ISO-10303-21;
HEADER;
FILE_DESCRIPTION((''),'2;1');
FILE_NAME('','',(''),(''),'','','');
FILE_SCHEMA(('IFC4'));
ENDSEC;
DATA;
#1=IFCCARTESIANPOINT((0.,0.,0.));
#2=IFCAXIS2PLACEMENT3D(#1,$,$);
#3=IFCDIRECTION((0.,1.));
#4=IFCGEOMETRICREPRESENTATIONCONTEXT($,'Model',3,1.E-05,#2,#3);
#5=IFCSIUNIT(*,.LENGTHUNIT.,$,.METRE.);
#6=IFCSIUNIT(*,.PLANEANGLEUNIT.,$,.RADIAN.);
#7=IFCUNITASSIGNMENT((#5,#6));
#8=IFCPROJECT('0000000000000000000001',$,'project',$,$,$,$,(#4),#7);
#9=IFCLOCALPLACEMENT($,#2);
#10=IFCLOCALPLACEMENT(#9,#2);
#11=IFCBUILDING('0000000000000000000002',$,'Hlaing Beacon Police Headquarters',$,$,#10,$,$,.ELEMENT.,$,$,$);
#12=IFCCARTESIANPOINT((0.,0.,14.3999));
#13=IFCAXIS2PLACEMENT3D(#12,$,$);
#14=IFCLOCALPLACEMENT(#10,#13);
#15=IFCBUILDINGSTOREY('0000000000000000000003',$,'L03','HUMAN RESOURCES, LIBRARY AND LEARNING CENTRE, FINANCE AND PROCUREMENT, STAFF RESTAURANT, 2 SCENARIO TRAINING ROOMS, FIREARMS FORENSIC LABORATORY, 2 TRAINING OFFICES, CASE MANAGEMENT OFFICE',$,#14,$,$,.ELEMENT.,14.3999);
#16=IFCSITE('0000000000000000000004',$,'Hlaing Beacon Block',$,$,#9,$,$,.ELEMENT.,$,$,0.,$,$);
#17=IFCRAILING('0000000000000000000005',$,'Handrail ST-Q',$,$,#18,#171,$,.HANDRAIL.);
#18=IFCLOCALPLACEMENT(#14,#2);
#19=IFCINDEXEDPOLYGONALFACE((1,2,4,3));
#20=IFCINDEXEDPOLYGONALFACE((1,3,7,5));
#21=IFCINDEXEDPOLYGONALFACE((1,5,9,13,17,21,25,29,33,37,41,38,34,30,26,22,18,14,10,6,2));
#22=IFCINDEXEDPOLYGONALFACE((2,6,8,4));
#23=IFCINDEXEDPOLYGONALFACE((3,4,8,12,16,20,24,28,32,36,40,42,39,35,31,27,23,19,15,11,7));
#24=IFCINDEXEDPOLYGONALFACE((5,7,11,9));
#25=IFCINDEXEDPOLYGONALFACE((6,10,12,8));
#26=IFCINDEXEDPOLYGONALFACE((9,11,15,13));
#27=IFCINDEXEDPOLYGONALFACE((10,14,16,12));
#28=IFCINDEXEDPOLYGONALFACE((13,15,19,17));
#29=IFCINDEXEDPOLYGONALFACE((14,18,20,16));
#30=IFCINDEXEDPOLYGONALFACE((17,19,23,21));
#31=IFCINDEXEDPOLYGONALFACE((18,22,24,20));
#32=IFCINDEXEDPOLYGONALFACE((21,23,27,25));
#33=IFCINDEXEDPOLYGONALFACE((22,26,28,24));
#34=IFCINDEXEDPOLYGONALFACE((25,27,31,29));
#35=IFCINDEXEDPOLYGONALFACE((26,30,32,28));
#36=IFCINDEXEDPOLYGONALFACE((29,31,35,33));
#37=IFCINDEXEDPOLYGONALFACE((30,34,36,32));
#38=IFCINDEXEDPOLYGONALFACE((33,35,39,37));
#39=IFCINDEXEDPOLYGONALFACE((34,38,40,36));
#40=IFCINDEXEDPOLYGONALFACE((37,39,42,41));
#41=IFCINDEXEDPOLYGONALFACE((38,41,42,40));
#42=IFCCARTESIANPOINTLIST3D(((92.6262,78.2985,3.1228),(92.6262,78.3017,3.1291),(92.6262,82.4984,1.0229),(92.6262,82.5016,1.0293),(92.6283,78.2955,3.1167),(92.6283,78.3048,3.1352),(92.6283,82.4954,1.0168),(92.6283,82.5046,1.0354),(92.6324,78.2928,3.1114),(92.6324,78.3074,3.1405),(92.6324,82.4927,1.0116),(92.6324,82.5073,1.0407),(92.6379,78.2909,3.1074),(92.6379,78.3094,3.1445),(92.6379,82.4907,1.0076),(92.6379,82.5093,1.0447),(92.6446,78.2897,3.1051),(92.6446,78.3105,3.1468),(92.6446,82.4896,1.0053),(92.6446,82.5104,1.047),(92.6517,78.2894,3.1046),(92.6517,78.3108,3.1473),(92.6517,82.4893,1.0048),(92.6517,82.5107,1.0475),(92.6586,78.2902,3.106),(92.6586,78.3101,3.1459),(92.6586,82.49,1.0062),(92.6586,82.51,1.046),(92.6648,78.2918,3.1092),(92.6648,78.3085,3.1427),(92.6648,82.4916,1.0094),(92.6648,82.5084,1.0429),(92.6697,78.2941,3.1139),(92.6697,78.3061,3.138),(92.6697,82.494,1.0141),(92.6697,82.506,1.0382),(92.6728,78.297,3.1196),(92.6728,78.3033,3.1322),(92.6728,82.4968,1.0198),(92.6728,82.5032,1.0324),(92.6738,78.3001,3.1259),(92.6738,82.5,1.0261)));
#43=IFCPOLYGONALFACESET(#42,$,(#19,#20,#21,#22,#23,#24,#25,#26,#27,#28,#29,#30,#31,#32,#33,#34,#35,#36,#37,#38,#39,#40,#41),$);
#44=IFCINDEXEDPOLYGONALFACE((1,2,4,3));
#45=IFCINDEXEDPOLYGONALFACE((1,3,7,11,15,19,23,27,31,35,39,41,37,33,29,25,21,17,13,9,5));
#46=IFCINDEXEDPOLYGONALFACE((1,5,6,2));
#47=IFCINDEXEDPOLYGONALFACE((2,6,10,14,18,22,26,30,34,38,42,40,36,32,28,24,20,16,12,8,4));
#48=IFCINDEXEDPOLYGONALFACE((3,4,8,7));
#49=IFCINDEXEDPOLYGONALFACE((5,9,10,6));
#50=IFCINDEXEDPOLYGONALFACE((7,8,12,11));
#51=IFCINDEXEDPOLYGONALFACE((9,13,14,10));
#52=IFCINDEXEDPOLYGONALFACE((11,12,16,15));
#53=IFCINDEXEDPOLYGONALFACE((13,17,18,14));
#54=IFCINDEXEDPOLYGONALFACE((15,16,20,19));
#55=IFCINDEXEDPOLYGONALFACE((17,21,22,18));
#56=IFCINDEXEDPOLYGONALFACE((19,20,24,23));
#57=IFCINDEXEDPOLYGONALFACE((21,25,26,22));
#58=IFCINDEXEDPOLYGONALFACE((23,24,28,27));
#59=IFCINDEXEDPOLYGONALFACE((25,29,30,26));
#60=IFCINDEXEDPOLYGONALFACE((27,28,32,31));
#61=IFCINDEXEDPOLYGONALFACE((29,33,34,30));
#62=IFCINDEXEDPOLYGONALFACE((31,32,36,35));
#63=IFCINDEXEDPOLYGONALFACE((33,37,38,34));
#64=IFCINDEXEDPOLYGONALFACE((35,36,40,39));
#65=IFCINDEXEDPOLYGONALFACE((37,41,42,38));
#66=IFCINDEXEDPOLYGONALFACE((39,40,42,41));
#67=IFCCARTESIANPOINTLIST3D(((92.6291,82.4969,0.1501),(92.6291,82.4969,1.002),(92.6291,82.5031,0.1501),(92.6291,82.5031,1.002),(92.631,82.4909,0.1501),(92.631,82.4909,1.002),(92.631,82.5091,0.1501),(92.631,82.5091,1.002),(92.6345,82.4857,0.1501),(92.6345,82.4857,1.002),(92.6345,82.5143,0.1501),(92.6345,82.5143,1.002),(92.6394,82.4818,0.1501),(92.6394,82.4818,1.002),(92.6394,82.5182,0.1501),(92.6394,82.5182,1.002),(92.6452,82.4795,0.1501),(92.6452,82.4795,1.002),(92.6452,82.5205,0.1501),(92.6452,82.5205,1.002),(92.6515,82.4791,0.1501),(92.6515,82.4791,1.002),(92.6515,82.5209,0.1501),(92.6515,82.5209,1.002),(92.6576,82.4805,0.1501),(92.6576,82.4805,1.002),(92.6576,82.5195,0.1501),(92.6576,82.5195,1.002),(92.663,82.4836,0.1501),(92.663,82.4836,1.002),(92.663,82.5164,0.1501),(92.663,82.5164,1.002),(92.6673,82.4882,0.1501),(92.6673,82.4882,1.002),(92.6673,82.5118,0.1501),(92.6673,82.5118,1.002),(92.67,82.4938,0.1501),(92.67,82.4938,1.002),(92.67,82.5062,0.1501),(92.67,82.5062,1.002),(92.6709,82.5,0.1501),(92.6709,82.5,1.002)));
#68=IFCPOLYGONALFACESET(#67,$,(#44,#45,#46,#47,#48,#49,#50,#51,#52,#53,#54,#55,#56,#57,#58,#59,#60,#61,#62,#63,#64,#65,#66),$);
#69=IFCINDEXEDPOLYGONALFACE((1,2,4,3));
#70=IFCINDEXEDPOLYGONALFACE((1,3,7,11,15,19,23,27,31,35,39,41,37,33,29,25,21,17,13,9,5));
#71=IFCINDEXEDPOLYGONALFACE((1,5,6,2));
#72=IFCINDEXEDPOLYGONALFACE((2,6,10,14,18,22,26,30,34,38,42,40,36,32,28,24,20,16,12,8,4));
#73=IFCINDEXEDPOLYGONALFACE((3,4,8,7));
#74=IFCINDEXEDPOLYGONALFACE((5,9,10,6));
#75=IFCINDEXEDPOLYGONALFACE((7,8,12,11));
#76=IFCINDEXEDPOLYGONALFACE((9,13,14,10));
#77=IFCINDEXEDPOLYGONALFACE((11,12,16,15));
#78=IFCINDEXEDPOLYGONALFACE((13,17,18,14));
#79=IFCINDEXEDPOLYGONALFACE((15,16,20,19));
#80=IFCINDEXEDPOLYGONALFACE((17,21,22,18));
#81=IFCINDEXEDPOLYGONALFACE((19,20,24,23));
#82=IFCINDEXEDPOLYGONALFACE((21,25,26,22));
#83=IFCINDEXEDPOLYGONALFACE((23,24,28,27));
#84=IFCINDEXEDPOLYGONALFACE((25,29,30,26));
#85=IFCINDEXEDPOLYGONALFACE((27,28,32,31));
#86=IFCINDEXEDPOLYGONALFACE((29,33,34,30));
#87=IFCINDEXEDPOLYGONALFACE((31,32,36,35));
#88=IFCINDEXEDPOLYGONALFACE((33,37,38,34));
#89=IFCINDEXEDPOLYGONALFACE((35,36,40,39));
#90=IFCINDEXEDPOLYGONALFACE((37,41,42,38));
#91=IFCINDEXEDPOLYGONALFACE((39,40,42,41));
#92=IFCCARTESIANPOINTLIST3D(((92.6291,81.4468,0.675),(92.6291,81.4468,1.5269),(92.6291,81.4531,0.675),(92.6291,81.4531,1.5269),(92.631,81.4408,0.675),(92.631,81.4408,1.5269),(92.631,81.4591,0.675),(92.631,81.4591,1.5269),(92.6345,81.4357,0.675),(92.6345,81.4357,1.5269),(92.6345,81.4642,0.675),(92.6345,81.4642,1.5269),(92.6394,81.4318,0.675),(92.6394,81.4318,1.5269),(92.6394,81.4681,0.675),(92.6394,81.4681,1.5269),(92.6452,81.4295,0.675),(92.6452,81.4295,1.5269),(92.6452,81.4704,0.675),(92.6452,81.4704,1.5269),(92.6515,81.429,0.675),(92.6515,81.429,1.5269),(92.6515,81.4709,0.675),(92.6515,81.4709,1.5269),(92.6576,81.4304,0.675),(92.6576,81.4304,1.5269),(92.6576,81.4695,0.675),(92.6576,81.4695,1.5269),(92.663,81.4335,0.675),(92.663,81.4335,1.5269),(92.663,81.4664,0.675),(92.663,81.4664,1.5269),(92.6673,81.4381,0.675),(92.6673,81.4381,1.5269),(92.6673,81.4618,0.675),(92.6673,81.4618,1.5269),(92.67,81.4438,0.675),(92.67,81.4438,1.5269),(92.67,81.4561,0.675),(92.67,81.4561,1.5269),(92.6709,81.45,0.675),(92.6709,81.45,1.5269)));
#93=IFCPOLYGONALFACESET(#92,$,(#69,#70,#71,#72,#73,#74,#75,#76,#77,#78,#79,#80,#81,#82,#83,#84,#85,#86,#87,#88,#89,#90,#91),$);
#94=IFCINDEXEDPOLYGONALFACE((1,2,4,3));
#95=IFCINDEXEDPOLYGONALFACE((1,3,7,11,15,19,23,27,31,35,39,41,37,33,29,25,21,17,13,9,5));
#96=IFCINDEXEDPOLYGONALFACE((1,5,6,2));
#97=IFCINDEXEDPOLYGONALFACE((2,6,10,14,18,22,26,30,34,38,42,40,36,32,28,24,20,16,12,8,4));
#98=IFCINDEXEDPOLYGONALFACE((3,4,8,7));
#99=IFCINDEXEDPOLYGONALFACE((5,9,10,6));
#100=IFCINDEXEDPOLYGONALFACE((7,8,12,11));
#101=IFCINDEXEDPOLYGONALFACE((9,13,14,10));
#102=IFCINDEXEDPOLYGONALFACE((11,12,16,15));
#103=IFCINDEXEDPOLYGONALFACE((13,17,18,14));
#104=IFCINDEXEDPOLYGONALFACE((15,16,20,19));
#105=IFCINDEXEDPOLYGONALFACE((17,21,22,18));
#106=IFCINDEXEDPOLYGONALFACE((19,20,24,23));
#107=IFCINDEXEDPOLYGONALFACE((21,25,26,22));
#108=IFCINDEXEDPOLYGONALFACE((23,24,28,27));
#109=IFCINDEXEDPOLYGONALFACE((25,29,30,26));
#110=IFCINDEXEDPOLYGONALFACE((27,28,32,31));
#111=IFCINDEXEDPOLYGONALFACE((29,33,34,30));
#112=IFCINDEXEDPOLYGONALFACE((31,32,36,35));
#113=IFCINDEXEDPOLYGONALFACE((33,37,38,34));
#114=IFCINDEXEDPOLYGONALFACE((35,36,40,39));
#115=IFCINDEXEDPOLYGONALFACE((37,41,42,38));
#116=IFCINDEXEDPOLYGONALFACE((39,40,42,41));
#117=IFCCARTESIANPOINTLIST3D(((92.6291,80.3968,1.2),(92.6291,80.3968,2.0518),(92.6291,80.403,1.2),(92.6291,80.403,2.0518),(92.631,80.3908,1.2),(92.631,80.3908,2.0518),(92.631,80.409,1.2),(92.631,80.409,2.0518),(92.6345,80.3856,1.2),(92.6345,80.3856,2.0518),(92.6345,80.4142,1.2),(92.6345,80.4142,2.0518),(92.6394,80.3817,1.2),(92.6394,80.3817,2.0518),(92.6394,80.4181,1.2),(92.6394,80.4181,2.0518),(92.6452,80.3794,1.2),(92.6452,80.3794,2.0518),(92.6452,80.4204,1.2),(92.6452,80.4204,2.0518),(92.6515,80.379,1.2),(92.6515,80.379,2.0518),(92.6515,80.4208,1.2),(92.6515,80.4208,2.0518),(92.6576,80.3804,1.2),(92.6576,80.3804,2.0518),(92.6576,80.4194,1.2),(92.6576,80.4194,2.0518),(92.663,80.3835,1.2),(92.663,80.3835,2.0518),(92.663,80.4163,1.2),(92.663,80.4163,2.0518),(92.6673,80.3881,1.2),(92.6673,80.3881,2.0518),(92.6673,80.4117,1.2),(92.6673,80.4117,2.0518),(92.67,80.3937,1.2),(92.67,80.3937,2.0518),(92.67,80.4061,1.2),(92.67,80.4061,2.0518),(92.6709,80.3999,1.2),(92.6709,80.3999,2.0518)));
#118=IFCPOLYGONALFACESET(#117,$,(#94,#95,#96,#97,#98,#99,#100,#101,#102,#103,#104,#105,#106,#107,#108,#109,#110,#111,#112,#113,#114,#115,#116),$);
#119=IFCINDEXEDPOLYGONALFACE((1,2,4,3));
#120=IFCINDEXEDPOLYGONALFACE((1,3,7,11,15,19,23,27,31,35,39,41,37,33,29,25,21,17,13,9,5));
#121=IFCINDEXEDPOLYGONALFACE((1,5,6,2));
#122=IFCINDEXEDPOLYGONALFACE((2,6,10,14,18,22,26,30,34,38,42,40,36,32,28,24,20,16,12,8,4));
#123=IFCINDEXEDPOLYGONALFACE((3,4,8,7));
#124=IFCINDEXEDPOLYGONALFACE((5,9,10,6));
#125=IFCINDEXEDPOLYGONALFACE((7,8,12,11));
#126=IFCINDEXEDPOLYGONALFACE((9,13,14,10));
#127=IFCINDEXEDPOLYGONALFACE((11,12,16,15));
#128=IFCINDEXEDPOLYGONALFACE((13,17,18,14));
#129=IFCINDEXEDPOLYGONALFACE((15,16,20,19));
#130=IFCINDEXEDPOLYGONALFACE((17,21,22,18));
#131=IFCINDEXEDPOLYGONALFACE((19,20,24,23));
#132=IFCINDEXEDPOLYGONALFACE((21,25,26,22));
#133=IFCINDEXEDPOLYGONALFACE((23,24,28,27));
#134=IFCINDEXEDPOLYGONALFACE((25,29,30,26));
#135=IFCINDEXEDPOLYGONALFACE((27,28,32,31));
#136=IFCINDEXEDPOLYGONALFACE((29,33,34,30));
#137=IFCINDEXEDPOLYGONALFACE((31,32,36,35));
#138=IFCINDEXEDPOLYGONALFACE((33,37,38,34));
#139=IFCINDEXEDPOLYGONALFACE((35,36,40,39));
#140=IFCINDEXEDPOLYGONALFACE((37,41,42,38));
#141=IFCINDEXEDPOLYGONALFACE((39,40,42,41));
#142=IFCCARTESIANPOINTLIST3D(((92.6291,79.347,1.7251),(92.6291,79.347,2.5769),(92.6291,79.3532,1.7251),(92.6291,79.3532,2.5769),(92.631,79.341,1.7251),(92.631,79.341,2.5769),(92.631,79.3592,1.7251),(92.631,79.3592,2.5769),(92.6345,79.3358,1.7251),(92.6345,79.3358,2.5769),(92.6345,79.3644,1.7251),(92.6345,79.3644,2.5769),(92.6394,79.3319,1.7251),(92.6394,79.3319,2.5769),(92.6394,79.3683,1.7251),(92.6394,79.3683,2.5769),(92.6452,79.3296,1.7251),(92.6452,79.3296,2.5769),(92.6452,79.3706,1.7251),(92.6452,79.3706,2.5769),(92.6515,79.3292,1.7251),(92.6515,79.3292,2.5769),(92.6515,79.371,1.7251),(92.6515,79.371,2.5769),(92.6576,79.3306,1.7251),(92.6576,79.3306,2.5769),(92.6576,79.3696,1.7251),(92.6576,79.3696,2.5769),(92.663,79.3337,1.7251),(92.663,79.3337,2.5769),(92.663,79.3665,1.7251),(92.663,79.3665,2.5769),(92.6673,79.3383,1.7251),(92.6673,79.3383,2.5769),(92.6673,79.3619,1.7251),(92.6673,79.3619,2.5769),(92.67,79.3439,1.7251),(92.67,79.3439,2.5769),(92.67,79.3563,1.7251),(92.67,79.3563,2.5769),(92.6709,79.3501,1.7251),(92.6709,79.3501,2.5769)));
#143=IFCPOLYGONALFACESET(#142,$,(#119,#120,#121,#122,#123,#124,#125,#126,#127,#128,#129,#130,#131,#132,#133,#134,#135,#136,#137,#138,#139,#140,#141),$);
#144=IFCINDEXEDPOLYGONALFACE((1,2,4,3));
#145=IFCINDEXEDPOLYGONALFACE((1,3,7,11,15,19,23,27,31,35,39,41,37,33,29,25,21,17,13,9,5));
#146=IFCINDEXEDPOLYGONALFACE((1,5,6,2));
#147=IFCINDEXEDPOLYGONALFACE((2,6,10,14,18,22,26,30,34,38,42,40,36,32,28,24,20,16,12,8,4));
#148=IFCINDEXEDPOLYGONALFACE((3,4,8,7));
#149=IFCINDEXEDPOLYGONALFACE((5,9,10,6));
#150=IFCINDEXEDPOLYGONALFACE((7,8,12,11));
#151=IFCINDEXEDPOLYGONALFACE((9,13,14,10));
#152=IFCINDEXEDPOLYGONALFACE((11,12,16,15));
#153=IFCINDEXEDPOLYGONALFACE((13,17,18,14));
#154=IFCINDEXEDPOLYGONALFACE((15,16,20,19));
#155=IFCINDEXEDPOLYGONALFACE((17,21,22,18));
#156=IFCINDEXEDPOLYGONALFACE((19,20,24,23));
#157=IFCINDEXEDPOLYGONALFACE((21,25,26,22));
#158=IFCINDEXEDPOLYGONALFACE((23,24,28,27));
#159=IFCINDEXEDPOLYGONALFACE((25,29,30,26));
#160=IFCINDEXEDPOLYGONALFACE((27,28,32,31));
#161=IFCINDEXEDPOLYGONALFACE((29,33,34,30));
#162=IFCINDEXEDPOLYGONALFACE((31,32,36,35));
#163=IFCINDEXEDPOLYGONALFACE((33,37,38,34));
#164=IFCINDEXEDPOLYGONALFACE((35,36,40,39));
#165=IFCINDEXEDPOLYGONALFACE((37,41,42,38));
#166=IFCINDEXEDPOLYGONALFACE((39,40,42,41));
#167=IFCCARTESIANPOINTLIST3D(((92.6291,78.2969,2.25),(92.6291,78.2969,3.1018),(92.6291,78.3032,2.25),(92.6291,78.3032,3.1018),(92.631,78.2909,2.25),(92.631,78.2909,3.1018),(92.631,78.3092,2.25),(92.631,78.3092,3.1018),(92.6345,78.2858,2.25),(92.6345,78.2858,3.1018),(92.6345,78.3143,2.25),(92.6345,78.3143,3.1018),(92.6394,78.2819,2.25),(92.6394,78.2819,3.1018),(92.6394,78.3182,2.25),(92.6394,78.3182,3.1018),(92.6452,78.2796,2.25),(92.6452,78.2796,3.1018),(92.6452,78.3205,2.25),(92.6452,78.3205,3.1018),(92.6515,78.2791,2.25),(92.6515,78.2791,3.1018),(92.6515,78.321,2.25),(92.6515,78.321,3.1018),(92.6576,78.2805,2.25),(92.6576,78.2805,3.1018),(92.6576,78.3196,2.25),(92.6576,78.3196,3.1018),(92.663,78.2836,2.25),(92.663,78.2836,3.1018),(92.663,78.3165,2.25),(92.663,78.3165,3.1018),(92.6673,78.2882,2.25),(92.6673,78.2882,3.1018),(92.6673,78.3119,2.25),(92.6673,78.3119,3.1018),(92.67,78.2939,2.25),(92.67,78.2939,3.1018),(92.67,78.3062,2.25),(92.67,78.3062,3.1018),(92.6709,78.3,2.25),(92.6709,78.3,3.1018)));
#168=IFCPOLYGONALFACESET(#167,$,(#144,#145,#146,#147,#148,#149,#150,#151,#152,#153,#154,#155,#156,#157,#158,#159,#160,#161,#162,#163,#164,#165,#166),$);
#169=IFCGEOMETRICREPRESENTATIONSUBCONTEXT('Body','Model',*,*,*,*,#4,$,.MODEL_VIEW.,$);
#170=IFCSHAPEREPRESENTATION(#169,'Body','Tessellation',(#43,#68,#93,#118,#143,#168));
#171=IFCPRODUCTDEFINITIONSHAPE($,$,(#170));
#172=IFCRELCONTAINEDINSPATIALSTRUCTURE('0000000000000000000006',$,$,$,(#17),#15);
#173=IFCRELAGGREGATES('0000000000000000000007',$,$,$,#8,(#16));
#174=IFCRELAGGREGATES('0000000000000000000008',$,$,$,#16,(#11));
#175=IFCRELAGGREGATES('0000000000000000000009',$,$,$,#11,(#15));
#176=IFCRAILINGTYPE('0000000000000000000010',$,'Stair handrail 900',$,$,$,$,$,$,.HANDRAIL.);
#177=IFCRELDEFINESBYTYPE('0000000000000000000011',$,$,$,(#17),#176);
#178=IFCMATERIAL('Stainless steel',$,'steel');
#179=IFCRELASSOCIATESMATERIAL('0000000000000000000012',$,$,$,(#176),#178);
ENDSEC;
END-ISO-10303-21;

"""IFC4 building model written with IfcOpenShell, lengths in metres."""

from ifc_helpers import new_model, si_unit, direction, frame, origin, origin_2d, place, context, subcontext, project, spatial, circle, extrude, material, type_object, element, save


model = new_model("IFC4")

# Units and contexts
model_context = context("Model", 3, precision=1e-05, world=origin(), true_north=direction((0.0, 1.0)))
body_context = subcontext(model_context, "Body", "Model", "MODEL_VIEW")
ifc_project = project(units=[si_unit("LENGTHUNIT", "METRE"), si_unit("PLANEANGLEUNIT", "RADIAN")], contexts=[model_context])

# Site, building, storey
site_placement = place(None, origin())
site = spatial("IfcSite", under=ifc_project, at=site_placement, Name="Hlaing Beacon Block", CompositionType="ELEMENT", RefElevation=0.0)
building_placement = place(site_placement, origin())
building = spatial("IfcBuilding", under=site, at=building_placement, Name="Hlaing Beacon Police Headquarters", CompositionType="ELEMENT")
storey_placement = place(building_placement, frame((0.0, 0.0, 14.3999)))
storey = spatial("IfcBuildingStorey", under=building, at=storey_placement, Name="L03", Description="HUMAN RESOURCES, LIBRARY AND LEARNING CENTRE, FINANCE AND PROCUREMENT, STAFF RESTAURANT, 2 SCENARIO TRAINING ROOMS, FIREARMS FORENSIC LABORATORY, 2 TRAINING OFFICES, CASE MANAGEMENT OFFICE", CompositionType="ELEMENT", Elevation=14.3999)

# Railing
ifc_material_1 = material(Name="Stainless steel", Category="steel")
railing_type_1 = type_object("IfcRailingType", Name="Stair handrail 900", PredefinedType="HANDRAIL", material=ifc_material_1)
for number, where, name in (
    (1, (92.6499, 82.5, 0.1501), "Handrail ST-Q"),
):
    element("IfcRailing", number, at=place(storey_placement, frame(where)), inside=storey, type_object=railing_type_1, Name=name, PredefinedType="HANDRAIL", context=body_context, shape_type="SweptSolid", body=[
        extrude(circle(Radius=0.0239, at=origin_2d()), frame((0.0, 0.0, 0.876), z_axis=(0.0, -0.894438, 0.447193), x_axis=(1.0, 0.0, 0.0)), (0.0, 0.0, 1.0), 4.6956),
        extrude(circle(Radius=0.021, at=origin_2d()), origin(), (0.0, 0.0, 1.0), 0.8518),
        extrude(circle(Radius=0.021, at=origin_2d()), frame((0.0, -1.05, 0.5249)), (0.0, 0.0, 1.0), 0.8518),
        extrude(circle(Radius=0.021, at=origin_2d()), frame((0.0, -2.1001, 1.0498)), (0.0, 0.0, 1.0), 0.8518),
        extrude(circle(Radius=0.021, at=origin_2d()), frame((0.0, -3.1499, 1.575)), (0.0, 0.0, 1.0), 0.8518),
        extrude(circle(Radius=0.021, at=origin_2d()), frame((0.0, -4.2, 2.0999)), (0.0, 0.0, 1.0), 0.8518),
    ])

save(model, "model.ifc")
